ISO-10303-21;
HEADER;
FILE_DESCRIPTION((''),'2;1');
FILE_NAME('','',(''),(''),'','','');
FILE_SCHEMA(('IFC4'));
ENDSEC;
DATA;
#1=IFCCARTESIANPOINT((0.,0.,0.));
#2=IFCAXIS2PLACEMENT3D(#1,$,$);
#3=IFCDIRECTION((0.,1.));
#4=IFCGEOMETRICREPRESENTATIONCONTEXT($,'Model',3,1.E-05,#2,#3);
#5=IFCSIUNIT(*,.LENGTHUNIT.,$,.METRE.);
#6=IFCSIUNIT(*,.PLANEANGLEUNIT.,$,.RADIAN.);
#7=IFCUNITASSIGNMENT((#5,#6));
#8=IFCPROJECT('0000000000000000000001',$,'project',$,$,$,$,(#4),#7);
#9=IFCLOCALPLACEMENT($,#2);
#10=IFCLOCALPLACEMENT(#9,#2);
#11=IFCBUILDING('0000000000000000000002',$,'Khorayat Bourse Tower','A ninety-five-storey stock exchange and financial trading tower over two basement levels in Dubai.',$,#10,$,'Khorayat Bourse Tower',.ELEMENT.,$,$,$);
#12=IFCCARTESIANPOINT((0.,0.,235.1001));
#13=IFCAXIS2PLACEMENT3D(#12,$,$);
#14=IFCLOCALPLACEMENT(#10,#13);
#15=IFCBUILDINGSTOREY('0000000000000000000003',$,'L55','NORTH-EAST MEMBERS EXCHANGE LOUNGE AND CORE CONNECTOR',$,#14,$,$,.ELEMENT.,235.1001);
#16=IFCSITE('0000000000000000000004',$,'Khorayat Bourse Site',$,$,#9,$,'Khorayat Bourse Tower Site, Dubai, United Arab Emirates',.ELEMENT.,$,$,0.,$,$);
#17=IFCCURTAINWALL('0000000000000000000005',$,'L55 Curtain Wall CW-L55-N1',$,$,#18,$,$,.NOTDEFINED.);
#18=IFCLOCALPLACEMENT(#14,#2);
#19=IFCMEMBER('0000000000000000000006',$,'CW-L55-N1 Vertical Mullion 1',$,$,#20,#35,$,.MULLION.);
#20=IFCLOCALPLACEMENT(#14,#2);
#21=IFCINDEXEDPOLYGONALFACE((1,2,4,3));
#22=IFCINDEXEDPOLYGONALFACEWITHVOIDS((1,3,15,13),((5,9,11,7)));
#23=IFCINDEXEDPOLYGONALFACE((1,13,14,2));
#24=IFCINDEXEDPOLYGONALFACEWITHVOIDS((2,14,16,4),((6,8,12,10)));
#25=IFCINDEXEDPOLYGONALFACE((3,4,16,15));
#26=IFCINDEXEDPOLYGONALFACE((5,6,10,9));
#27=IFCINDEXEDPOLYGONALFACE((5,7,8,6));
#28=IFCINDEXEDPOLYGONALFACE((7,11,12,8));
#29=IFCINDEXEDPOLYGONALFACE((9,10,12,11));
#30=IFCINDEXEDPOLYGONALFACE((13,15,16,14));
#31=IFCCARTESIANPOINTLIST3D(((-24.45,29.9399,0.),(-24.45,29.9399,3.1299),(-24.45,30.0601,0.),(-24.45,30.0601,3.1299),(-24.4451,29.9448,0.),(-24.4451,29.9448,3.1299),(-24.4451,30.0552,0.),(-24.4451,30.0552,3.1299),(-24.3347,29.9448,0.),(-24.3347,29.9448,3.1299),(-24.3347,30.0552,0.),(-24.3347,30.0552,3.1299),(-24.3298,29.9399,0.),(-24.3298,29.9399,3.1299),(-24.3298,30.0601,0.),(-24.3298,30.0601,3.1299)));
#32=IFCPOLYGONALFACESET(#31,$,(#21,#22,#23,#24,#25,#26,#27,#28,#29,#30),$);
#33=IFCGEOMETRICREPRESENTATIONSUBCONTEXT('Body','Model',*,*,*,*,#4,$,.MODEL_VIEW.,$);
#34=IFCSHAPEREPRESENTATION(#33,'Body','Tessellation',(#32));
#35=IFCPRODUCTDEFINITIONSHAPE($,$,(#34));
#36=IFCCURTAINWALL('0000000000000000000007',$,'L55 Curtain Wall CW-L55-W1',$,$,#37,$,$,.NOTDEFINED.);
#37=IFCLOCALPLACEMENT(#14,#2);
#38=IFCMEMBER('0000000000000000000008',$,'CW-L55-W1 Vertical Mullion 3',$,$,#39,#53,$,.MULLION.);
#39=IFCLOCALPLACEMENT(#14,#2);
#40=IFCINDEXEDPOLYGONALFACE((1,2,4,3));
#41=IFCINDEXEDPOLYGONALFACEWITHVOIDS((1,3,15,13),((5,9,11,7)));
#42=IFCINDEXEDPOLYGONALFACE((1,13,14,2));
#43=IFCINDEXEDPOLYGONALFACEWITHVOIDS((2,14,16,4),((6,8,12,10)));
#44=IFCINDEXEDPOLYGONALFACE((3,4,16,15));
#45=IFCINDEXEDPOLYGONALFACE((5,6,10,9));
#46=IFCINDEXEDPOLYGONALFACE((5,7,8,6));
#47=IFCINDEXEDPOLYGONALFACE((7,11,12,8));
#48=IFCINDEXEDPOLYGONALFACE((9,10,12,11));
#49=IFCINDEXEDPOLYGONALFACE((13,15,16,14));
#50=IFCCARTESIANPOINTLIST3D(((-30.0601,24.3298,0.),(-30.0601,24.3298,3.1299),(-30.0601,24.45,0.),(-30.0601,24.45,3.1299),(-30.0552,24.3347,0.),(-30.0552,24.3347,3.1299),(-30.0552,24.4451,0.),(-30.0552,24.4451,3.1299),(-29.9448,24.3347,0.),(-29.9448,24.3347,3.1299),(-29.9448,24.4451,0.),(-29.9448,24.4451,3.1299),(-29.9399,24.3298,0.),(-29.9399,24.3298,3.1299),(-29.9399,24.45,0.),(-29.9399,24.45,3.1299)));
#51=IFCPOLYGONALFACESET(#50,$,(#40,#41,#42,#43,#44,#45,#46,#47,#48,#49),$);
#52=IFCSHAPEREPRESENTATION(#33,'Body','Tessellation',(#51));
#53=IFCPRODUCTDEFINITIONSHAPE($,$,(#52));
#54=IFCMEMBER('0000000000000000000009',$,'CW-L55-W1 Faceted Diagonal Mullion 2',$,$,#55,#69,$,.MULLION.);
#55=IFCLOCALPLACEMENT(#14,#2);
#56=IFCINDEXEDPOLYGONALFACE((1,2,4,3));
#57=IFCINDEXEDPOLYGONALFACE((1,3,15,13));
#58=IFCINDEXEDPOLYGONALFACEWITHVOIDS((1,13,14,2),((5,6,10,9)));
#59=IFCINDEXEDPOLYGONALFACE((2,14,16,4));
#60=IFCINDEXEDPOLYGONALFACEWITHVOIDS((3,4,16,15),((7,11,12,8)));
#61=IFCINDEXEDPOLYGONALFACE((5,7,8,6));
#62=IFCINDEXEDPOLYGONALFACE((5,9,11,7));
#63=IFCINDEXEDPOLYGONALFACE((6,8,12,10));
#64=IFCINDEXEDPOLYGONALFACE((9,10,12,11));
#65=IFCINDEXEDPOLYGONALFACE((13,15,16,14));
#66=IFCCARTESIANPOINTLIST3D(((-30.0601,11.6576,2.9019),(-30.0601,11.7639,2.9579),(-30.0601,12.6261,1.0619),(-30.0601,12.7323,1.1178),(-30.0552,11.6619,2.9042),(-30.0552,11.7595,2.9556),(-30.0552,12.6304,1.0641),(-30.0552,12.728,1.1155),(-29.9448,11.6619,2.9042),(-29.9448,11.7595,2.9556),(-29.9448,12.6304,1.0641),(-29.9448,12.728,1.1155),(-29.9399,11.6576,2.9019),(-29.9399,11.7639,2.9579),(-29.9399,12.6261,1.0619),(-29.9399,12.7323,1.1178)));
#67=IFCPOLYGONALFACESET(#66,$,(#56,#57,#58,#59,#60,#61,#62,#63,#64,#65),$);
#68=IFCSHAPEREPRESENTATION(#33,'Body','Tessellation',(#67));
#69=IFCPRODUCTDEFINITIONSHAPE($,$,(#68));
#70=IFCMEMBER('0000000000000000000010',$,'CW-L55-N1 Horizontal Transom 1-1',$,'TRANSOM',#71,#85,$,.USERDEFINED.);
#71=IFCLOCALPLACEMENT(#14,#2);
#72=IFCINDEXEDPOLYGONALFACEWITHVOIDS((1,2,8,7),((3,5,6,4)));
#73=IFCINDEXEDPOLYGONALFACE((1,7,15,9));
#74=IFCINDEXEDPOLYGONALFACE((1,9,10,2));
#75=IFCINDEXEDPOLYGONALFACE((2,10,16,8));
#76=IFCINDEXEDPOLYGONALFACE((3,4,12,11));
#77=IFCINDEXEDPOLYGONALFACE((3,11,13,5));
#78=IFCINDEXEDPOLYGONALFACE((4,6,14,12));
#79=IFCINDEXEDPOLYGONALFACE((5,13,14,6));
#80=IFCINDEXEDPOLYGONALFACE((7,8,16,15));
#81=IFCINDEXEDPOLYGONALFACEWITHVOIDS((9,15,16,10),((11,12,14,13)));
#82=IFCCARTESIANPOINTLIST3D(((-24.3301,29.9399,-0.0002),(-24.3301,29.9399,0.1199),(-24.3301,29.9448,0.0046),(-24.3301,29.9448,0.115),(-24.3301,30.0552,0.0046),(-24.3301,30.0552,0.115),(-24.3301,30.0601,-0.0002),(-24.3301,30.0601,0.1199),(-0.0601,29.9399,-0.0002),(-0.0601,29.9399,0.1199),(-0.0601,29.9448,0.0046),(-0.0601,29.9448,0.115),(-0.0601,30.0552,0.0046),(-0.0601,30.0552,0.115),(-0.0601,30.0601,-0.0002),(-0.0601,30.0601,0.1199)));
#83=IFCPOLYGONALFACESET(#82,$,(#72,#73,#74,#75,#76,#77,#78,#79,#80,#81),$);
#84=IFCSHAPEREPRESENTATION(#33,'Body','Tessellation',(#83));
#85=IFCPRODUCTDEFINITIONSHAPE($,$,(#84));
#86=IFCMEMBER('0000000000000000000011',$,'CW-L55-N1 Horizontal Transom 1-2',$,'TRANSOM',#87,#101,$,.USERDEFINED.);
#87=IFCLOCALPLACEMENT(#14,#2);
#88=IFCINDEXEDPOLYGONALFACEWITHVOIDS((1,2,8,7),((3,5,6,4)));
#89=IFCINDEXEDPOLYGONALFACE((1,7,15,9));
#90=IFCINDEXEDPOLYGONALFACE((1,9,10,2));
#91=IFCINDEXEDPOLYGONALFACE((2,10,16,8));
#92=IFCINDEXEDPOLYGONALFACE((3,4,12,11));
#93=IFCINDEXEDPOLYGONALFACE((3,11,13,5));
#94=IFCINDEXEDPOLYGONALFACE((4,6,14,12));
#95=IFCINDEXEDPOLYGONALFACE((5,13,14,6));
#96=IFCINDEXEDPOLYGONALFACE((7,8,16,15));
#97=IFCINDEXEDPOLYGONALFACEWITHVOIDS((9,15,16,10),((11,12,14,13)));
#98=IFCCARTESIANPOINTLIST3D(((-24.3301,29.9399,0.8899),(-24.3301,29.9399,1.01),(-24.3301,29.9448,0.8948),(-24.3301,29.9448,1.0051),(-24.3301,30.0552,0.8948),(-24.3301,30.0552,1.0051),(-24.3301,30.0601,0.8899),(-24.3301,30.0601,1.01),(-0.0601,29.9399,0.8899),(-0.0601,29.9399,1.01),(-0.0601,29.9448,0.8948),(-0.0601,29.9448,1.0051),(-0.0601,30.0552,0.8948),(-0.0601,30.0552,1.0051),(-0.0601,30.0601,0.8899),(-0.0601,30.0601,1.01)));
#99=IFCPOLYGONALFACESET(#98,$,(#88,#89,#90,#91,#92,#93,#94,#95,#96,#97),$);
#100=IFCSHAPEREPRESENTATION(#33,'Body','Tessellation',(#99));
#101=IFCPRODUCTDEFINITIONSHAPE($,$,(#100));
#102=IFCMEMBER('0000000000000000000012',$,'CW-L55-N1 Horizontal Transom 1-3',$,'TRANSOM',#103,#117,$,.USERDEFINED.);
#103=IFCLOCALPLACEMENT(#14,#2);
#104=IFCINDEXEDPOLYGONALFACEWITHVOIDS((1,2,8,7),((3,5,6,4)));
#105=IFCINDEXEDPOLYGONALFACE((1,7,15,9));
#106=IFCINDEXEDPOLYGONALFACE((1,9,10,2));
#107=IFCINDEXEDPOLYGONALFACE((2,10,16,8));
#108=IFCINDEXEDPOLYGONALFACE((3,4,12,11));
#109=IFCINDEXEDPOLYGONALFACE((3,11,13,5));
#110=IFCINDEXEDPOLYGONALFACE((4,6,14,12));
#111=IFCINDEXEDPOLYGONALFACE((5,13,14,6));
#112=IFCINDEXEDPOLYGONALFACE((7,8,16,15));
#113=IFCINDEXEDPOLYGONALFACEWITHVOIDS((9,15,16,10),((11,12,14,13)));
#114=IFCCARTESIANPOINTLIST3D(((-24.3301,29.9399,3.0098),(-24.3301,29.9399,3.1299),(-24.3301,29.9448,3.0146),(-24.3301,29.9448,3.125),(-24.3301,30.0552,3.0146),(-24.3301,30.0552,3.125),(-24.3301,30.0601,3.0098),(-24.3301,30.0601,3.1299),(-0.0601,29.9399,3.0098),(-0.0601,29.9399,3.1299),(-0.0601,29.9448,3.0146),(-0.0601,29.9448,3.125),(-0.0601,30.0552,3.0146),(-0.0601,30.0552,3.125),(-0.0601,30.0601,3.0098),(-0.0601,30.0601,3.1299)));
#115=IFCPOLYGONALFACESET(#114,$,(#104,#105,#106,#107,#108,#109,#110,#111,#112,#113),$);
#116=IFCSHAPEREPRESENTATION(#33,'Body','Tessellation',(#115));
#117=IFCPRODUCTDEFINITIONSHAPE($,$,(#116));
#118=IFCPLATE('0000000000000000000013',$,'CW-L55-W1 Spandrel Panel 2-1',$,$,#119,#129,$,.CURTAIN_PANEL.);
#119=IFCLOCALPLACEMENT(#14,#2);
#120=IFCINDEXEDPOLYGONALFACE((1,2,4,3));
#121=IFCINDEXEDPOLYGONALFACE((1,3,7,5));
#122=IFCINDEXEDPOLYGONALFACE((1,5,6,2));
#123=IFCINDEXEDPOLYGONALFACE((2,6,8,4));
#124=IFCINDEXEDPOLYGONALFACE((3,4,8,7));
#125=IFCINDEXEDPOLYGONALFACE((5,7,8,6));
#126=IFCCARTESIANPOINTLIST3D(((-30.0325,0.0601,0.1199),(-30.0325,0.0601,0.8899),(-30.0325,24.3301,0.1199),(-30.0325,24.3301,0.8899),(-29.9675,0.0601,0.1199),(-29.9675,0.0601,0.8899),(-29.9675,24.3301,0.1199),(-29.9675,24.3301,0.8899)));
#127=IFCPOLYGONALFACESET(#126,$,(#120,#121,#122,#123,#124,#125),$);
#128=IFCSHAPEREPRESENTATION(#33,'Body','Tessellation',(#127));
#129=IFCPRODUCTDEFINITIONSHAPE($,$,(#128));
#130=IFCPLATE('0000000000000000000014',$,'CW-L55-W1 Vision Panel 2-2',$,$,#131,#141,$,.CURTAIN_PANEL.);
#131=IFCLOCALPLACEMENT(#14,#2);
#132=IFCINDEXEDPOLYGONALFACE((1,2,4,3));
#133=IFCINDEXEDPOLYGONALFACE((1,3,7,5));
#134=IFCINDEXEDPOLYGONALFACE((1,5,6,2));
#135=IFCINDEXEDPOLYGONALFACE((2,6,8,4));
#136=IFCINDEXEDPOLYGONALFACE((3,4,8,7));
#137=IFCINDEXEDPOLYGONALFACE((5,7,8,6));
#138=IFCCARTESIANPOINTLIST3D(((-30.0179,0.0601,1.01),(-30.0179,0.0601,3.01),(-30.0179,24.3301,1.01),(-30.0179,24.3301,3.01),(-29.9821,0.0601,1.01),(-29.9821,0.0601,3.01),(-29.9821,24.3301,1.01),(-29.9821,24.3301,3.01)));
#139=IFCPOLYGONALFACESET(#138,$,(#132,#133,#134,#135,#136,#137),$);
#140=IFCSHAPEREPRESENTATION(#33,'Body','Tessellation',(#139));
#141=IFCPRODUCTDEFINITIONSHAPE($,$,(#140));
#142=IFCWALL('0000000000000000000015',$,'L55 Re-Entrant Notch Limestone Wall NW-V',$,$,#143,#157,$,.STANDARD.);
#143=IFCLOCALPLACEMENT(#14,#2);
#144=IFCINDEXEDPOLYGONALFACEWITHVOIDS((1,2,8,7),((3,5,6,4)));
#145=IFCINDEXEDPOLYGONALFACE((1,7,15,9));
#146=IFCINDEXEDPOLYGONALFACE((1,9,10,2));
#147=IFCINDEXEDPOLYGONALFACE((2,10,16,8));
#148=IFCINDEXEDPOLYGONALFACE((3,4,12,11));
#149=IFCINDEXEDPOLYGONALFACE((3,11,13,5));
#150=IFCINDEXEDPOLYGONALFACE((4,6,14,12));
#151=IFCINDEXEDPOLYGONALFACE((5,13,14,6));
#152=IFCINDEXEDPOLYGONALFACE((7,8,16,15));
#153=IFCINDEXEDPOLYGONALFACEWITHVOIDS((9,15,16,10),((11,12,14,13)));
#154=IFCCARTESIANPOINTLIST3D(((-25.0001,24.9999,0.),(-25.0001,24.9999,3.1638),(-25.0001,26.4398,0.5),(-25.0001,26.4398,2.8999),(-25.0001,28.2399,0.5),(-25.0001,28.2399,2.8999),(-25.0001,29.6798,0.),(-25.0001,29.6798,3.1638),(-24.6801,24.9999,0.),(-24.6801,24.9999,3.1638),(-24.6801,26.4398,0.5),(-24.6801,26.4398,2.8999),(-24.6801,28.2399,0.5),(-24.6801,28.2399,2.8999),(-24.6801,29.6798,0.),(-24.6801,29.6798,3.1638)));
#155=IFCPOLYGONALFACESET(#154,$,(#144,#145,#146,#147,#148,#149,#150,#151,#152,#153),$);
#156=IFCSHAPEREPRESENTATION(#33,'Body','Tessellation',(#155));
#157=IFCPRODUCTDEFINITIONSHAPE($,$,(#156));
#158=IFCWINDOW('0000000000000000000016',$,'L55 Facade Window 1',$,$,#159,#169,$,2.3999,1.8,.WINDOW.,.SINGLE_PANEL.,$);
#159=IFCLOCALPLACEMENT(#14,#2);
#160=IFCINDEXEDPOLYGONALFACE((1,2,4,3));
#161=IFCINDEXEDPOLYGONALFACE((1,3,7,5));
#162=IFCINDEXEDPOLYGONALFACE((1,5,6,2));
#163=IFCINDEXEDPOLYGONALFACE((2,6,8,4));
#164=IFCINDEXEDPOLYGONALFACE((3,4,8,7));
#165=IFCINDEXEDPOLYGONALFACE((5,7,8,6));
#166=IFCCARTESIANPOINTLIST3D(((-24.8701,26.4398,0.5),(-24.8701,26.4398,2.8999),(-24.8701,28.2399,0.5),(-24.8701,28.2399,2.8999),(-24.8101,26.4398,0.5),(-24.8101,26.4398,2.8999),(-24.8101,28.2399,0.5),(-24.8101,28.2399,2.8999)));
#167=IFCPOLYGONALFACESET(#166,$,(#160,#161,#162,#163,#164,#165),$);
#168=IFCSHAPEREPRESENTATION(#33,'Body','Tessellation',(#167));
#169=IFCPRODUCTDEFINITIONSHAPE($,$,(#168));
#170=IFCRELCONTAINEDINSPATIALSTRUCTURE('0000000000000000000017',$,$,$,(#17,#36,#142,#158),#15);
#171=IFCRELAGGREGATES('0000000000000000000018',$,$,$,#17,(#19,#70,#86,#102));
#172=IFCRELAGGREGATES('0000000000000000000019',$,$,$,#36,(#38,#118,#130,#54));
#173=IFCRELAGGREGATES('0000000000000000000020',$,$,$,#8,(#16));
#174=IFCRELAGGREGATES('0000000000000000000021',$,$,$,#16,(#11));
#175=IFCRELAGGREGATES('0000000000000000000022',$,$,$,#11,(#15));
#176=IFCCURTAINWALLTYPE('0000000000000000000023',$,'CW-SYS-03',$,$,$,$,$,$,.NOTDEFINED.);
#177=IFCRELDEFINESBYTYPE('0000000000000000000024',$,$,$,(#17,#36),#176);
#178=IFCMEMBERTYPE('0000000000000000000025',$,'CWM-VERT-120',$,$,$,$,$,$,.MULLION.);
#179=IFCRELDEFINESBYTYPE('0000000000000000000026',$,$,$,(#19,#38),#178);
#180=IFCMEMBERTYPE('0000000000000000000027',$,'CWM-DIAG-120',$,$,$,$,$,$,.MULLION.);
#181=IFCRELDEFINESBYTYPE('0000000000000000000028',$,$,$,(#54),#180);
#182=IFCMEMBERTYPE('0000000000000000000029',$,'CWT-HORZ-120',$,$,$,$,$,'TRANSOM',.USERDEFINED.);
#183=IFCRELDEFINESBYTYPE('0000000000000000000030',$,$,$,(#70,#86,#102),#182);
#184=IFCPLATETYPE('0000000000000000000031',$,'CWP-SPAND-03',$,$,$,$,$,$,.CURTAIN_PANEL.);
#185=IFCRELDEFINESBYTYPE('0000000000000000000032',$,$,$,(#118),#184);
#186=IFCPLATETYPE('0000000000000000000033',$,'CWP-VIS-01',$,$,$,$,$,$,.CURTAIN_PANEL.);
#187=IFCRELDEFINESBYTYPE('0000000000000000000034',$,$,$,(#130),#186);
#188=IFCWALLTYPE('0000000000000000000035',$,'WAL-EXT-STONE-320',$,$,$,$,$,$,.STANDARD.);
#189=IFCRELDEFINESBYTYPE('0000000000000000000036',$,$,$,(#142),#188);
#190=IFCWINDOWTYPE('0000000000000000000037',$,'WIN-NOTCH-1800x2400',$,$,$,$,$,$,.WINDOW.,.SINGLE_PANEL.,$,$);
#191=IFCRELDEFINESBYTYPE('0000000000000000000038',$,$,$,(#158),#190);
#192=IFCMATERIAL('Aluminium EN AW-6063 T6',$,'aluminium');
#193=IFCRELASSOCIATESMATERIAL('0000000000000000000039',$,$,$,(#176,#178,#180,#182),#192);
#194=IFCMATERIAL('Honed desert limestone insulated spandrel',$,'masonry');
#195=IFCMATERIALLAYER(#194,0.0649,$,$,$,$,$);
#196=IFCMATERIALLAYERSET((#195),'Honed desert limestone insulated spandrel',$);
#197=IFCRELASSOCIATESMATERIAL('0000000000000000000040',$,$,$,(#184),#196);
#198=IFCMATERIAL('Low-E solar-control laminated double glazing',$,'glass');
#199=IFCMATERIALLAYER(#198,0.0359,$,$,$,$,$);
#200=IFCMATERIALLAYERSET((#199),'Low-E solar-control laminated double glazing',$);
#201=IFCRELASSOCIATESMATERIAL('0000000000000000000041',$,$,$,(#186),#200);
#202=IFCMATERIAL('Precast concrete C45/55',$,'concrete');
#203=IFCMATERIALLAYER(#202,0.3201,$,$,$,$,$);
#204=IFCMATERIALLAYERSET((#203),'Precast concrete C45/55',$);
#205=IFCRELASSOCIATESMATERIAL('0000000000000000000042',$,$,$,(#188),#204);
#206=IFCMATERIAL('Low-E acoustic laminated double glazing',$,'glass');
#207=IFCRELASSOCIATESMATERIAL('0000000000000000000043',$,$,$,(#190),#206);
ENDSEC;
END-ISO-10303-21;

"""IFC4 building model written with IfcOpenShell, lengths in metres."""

from ifc_helpers import new_model, si_unit, direction, frame, frame_2d, origin, origin_2d, place, context, subcontext, project, spatial, rectangle, hollow_rectangle, extrude, source, transform, mapped, material, layer, layer_set, material_profile, profile_set, type_object, element, fill, aggregate, save


model = new_model("IFC4")

# Units and contexts
model_context = context("Model", 3, precision=1e-05, world=origin(), true_north=direction((0.0, 1.0)))
body_context = subcontext(model_context, "Body", "Model", "MODEL_VIEW")
ifc_project = project(units=[si_unit("LENGTHUNIT", "METRE"), si_unit("PLANEANGLEUNIT", "RADIAN")], contexts=[model_context])

# Site, building, storey
site_placement = place(None, origin())
site = spatial("IfcSite", under=ifc_project, at=site_placement, Name="Khorayat Bourse Site", LongName="Khorayat Bourse Tower Site, Dubai, United Arab Emirates", CompositionType="ELEMENT", RefElevation=0.0)
building_placement = place(site_placement, origin())
building = spatial("IfcBuilding", under=site, at=building_placement, Name="Khorayat Bourse Tower", Description="A ninety-five-storey stock exchange and financial trading tower over two basement levels in Dubai.", LongName="Khorayat Bourse Tower", CompositionType="ELEMENT")
storey_placement = place(building_placement, frame((0.0, 0.0, 235.1001)))
storey = spatial("IfcBuildingStorey", under=building, at=storey_placement, Name="L55", Description="NORTH-EAST MEMBERS EXCHANGE LOUNGE AND CORE CONNECTOR", CompositionType="ELEMENT", Elevation=235.1001)

# Curtain wall, member
ifc_material_1 = material(Name="Aluminium EN AW-6063 T6", Category="aluminium")
curtain_wall_type = type_object("IfcCurtainWallType", Name="CW-SYS-03", PredefinedType="NOTDEFINED", material=ifc_material_1)
curtain_wall_1_placement = place(storey_placement, origin())
curtain_wall_1 = element("IfcCurtainWall", 1, at=curtain_wall_1_placement, inside=storey, type_object=curtain_wall_type, Name="L55 Curtain Wall CW-L55-N1", PredefinedType="NOTDEFINED")
ifc_material_profile_1 = material_profile(ifc_material_1, hollow_rectangle(XDim=0.1201, YDim=0.1201, WallThickness=0.0049, at=origin_2d()), Name="ALU 120x120x5")
ifc_profile_set_1 = profile_set([ifc_material_profile_1], Name="Aluminium EN AW-6063 T6")
member_type_1 = type_object("IfcMemberType", Name="CWM-VERT-120", PredefinedType="MULLION", material=ifc_profile_set_1)
shared_shape_1 = source(origin(), body_context, "Body", "SweptSolid", [
    extrude(hollow_rectangle(XDim=0.1201, YDim=0.1201, WallThickness=0.0049, at=origin_2d()), origin(), (0.0, 0.0, 1.0), 3.1299),
])
member_1_placement = place(storey_placement, frame((-24.3899, 30.0, 0.0), z_axis=(0.0, 0.0, 1.0), x_axis=(0.0, 1.0, 0.0)))
member_1 = element("IfcMember", 2, at=member_1_placement, type_object=member_type_1, Name="CW-L55-N1 Vertical Mullion 1", PredefinedType="MULLION", context=body_context, shape_type="MappedRepresentation", body=[
    mapped(shared_shape_1, transform((0.0, 0.0, 0.0), scale=1.0)),
])

# Curtain wall, members
curtain_wall_2_placement = place(storey_placement, origin())
curtain_wall_2 = element("IfcCurtainWall", 3, at=curtain_wall_2_placement, inside=storey, type_object=curtain_wall_type, Name="L55 Curtain Wall CW-L55-W1", PredefinedType="NOTDEFINED")
member_2_placement = place(storey_placement, frame((-30.0, 24.3899, 0.0), z_axis=(0.0, 0.0, 1.0), x_axis=(-1.0, 0.0, 0.0)))
member_2 = element("IfcMember", 4, at=member_2_placement, type_object=member_type_1, Name="CW-L55-W1 Vertical Mullion 3", PredefinedType="MULLION", context=body_context, shape_type="MappedRepresentation", body=[
    mapped(shared_shape_1, transform((0.0, 0.0, 0.0), scale=1.0)),
])
ifc_material_profile_2 = material_profile(ifc_material_1, hollow_rectangle(XDim=0.1201, YDim=0.1201, WallThickness=0.0049, at=origin_2d()), Name="ALU 120x120x5")
ifc_profile_set_2 = profile_set([ifc_material_profile_2], Name="Aluminium EN AW-6063 T6")
member_type_2 = type_object("IfcMemberType", Name="CWM-DIAG-120", PredefinedType="MULLION", material=ifc_profile_set_2)
shared_shape_2 = source(origin(), body_context, "Body", "SweptSolid", [
    extrude(hollow_rectangle(XDim=0.1201, YDim=0.1201, WallThickness=0.0049, at=origin_2d()), origin(), (0.0, 0.0, 1.0), 2.0793),
])
member_3_placement = place(storey_placement, frame((-30.0, 12.6792, 1.0898), z_axis=(0.0, -0.465761, 0.884911), x_axis=(1.0, 0.0, 0.0)))
member_3 = element("IfcMember", 5, at=member_3_placement, type_object=member_type_2, Name="CW-L55-W1 Faceted Diagonal Mullion 2", PredefinedType="MULLION", context=body_context, shape_type="MappedRepresentation", body=[
    mapped(shared_shape_2, transform((0.0, 0.0, 0.0), scale=1.0)),
])

# Members
ifc_material_profile_3 = material_profile(ifc_material_1, hollow_rectangle(XDim=0.1201, YDim=0.1201, WallThickness=0.0049, at=origin_2d()), Name="ALU 120x120x5")
ifc_profile_set_3 = profile_set([ifc_material_profile_3], Name="Aluminium EN AW-6063 T6")
member_type_3 = type_object("IfcMemberType", Name="CWT-HORZ-120", ElementType="TRANSOM", PredefinedType="USERDEFINED", material=ifc_profile_set_3)
shared_shape_3 = source(origin(), body_context, "Body", "SweptSolid", [
    extrude(hollow_rectangle(XDim=0.1201, YDim=0.1201, WallThickness=0.0049, at=origin_2d()), origin(), (0.0, 0.0, 1.0), 24.27),
])
member_4_placement = place(storey_placement, frame((-24.3301, 30.0, 0.0598), z_axis=(1.0, 0.0, 0.0), x_axis=(0.0, 1.0, 0.0)))
member_4 = element("IfcMember", 6, at=member_4_placement, type_object=member_type_3, Name="CW-L55-N1 Horizontal Transom 1-1", ObjectType="TRANSOM", PredefinedType="USERDEFINED", context=body_context, shape_type="MappedRepresentation", body=[
    mapped(shared_shape_3, transform((0.0, 0.0, 0.0), scale=1.0)),
])
member_5_placement = place(storey_placement, frame((-24.3301, 30.0, 0.95), z_axis=(1.0, 0.0, 0.0), x_axis=(0.0, 1.0, 0.0)))
member_5 = element("IfcMember", 7, at=member_5_placement, type_object=member_type_3, Name="CW-L55-N1 Horizontal Transom 1-2", ObjectType="TRANSOM", PredefinedType="USERDEFINED", context=body_context, shape_type="MappedRepresentation", body=[
    mapped(shared_shape_3, transform((0.0, 0.0, 0.0), scale=1.0)),
])
member_6_placement = place(storey_placement, frame((-24.3301, 30.0, 3.0698), z_axis=(1.0, 0.0, 0.0), x_axis=(0.0, 1.0, 0.0)))
member_6 = element("IfcMember", 8, at=member_6_placement, type_object=member_type_3, Name="CW-L55-N1 Horizontal Transom 1-3", ObjectType="TRANSOM", PredefinedType="USERDEFINED", context=body_context, shape_type="MappedRepresentation", body=[
    mapped(shared_shape_3, transform((0.0, 0.0, 0.0), scale=1.0)),
])
aggregate(curtain_wall_1, [member_1, member_4, member_5, member_6])

# Plates
ifc_material_2 = material(Name="Honed desert limestone insulated spandrel", Category="masonry")
ifc_layer_1 = layer(ifc_material_2, 0.0649)
ifc_layer_set_1 = layer_set([ifc_layer_1], Name="Honed desert limestone insulated spandrel")
plate_type_1 = type_object("IfcPlateType", Name="CWP-SPAND-03", PredefinedType="CURTAIN_PANEL", material=ifc_layer_set_1)
shared_shape_4 = source(origin(), body_context, "Body", "SweptSolid", [
    extrude(rectangle(XDim=24.27, YDim=0.0649, at=origin_2d()), origin(), (0.0, 0.0, 1.0), 0.77),
])
plate_1_placement = place(storey_placement, frame((-30.0, 12.1951, 0.1199), z_axis=(0.0, 0.0, 1.0), x_axis=(0.0, 1.0, 0.0)))
plate_1 = element("IfcPlate", 9, at=plate_1_placement, type_object=plate_type_1, Name="CW-L55-W1 Spandrel Panel 2-1", PredefinedType="CURTAIN_PANEL", context=body_context, shape_type="MappedRepresentation", body=[
    mapped(shared_shape_4, transform((0.0, 0.0, 0.0), scale=1.0)),
])
ifc_material_3 = material(Name="Low-E solar-control laminated double glazing", Category="glass")
ifc_layer_2 = layer(ifc_material_3, 0.0359)
ifc_layer_set_2 = layer_set([ifc_layer_2], Name="Low-E solar-control laminated double glazing")
plate_type_2 = type_object("IfcPlateType", Name="CWP-VIS-01", PredefinedType="CURTAIN_PANEL", material=ifc_layer_set_2)
shared_shape_5 = source(origin(), body_context, "Body", "SweptSolid", [
    extrude(rectangle(XDim=24.27, YDim=0.0359, at=origin_2d()), origin(), (0.0, 0.0, 1.0), 2.0),
])
plate_2_placement = place(storey_placement, frame((-30.0, 12.1951, 1.01), z_axis=(0.0, 0.0, 1.0), x_axis=(0.0, 1.0, 0.0)))
plate_2 = element("IfcPlate", 10, at=plate_2_placement, type_object=plate_type_2, Name="CW-L55-W1 Vision Panel 2-2", PredefinedType="CURTAIN_PANEL", context=body_context, shape_type="MappedRepresentation", body=[
    mapped(shared_shape_5, transform((0.0, 0.0, 0.0), scale=1.0)),
])
aggregate(curtain_wall_2, [member_2, plate_1, plate_2, member_3])

# Wall, opening, window
ifc_material_4 = material(Name="Precast concrete C45/55", Category="concrete")
ifc_layer_3 = layer(ifc_material_4, 0.3201)
ifc_layer_set_3 = layer_set([ifc_layer_3], Name="Precast concrete C45/55")
wall_type_1 = type_object("IfcWallType", Name="WAL-EXT-STONE-320", PredefinedType="STANDARD", material=ifc_layer_set_3)
shared_shape_6 = source(origin(), body_context, "Body", "SweptSolid", [
    extrude(rectangle(XDim=4.6799, YDim=0.3201, at=frame_2d((2.3398, 0.0))), origin(), (0.0, 0.0, 1.0), 3.1638),
])
wall_1_placement = place(storey_placement, frame((-24.8401, 25.0, 0.0), z_axis=(0.0, 0.0, 1.0), x_axis=(0.0, 1.0, 0.0)))
wall_1 = element("IfcWall", 11, at=wall_1_placement, inside=storey, type_object=wall_type_1, Name="L55 Re-Entrant Notch Limestone Wall NW-V", PredefinedType="STANDARD", context=body_context, shape_type="MappedRepresentation", body=[
    mapped(shared_shape_6, transform((0.0, 0.0, 0.0), scale=1.0)),
])
shared_shape_7 = source(origin(), body_context, "Body", "SweptSolid", [
    extrude(rectangle(XDim=1.8, YDim=2.3999, at=frame_2d((0.8999, 1.2))), frame((0.0, 0.1699, 0.0), z_axis=(0.0, -1.0, 0.0), x_axis=(1.0, 0.0, 0.0)), (0.0, 0.0, 1.0), 0.3401),
])
opening_1_placement = place(wall_1_placement, frame((1.4399, 0.0, 0.5)))
opening_1 = element("IfcOpeningElement", 12, at=opening_1_placement, cuts=wall_1, PredefinedType="OPENING", context=body_context, shape_type="MappedRepresentation", body=[
    mapped(shared_shape_7, transform((0.0, 0.0, 0.0), scale=1.0)),
])
ifc_material_5 = material(Name="Low-E acoustic laminated double glazing", Category="glass")
window_type = type_object("IfcWindowType", Name="WIN-NOTCH-1800x2400", PartitioningType="SINGLE_PANEL", PredefinedType="WINDOW", material=ifc_material_5)
shared_shape_8 = source(origin(), body_context, "Body", "SweptSolid", [
    extrude(rectangle(XDim=1.8, YDim=2.3999, at=frame_2d((0.8999, 1.2))), frame((0.0, 0.03, 0.0), z_axis=(0.0, -1.0, 0.0), x_axis=(1.0, 0.0, 0.0)), (0.0, 0.0, 1.0), 0.0601),
])
window_1_placement = place(opening_1_placement, origin())
window_1 = element("IfcWindow", 13, at=window_1_placement, inside=storey, type_object=window_type, Name="L55 Facade Window 1", OverallHeight=2.3999, OverallWidth=1.8, PartitioningType="SINGLE_PANEL", PredefinedType="WINDOW", context=body_context, shape_type="MappedRepresentation", body=[
    mapped(shared_shape_8, transform((0.0, 0.0, 0.0), scale=1.0)),
])
fill(opening_1, window_1)

save(model, "model.ifc")
